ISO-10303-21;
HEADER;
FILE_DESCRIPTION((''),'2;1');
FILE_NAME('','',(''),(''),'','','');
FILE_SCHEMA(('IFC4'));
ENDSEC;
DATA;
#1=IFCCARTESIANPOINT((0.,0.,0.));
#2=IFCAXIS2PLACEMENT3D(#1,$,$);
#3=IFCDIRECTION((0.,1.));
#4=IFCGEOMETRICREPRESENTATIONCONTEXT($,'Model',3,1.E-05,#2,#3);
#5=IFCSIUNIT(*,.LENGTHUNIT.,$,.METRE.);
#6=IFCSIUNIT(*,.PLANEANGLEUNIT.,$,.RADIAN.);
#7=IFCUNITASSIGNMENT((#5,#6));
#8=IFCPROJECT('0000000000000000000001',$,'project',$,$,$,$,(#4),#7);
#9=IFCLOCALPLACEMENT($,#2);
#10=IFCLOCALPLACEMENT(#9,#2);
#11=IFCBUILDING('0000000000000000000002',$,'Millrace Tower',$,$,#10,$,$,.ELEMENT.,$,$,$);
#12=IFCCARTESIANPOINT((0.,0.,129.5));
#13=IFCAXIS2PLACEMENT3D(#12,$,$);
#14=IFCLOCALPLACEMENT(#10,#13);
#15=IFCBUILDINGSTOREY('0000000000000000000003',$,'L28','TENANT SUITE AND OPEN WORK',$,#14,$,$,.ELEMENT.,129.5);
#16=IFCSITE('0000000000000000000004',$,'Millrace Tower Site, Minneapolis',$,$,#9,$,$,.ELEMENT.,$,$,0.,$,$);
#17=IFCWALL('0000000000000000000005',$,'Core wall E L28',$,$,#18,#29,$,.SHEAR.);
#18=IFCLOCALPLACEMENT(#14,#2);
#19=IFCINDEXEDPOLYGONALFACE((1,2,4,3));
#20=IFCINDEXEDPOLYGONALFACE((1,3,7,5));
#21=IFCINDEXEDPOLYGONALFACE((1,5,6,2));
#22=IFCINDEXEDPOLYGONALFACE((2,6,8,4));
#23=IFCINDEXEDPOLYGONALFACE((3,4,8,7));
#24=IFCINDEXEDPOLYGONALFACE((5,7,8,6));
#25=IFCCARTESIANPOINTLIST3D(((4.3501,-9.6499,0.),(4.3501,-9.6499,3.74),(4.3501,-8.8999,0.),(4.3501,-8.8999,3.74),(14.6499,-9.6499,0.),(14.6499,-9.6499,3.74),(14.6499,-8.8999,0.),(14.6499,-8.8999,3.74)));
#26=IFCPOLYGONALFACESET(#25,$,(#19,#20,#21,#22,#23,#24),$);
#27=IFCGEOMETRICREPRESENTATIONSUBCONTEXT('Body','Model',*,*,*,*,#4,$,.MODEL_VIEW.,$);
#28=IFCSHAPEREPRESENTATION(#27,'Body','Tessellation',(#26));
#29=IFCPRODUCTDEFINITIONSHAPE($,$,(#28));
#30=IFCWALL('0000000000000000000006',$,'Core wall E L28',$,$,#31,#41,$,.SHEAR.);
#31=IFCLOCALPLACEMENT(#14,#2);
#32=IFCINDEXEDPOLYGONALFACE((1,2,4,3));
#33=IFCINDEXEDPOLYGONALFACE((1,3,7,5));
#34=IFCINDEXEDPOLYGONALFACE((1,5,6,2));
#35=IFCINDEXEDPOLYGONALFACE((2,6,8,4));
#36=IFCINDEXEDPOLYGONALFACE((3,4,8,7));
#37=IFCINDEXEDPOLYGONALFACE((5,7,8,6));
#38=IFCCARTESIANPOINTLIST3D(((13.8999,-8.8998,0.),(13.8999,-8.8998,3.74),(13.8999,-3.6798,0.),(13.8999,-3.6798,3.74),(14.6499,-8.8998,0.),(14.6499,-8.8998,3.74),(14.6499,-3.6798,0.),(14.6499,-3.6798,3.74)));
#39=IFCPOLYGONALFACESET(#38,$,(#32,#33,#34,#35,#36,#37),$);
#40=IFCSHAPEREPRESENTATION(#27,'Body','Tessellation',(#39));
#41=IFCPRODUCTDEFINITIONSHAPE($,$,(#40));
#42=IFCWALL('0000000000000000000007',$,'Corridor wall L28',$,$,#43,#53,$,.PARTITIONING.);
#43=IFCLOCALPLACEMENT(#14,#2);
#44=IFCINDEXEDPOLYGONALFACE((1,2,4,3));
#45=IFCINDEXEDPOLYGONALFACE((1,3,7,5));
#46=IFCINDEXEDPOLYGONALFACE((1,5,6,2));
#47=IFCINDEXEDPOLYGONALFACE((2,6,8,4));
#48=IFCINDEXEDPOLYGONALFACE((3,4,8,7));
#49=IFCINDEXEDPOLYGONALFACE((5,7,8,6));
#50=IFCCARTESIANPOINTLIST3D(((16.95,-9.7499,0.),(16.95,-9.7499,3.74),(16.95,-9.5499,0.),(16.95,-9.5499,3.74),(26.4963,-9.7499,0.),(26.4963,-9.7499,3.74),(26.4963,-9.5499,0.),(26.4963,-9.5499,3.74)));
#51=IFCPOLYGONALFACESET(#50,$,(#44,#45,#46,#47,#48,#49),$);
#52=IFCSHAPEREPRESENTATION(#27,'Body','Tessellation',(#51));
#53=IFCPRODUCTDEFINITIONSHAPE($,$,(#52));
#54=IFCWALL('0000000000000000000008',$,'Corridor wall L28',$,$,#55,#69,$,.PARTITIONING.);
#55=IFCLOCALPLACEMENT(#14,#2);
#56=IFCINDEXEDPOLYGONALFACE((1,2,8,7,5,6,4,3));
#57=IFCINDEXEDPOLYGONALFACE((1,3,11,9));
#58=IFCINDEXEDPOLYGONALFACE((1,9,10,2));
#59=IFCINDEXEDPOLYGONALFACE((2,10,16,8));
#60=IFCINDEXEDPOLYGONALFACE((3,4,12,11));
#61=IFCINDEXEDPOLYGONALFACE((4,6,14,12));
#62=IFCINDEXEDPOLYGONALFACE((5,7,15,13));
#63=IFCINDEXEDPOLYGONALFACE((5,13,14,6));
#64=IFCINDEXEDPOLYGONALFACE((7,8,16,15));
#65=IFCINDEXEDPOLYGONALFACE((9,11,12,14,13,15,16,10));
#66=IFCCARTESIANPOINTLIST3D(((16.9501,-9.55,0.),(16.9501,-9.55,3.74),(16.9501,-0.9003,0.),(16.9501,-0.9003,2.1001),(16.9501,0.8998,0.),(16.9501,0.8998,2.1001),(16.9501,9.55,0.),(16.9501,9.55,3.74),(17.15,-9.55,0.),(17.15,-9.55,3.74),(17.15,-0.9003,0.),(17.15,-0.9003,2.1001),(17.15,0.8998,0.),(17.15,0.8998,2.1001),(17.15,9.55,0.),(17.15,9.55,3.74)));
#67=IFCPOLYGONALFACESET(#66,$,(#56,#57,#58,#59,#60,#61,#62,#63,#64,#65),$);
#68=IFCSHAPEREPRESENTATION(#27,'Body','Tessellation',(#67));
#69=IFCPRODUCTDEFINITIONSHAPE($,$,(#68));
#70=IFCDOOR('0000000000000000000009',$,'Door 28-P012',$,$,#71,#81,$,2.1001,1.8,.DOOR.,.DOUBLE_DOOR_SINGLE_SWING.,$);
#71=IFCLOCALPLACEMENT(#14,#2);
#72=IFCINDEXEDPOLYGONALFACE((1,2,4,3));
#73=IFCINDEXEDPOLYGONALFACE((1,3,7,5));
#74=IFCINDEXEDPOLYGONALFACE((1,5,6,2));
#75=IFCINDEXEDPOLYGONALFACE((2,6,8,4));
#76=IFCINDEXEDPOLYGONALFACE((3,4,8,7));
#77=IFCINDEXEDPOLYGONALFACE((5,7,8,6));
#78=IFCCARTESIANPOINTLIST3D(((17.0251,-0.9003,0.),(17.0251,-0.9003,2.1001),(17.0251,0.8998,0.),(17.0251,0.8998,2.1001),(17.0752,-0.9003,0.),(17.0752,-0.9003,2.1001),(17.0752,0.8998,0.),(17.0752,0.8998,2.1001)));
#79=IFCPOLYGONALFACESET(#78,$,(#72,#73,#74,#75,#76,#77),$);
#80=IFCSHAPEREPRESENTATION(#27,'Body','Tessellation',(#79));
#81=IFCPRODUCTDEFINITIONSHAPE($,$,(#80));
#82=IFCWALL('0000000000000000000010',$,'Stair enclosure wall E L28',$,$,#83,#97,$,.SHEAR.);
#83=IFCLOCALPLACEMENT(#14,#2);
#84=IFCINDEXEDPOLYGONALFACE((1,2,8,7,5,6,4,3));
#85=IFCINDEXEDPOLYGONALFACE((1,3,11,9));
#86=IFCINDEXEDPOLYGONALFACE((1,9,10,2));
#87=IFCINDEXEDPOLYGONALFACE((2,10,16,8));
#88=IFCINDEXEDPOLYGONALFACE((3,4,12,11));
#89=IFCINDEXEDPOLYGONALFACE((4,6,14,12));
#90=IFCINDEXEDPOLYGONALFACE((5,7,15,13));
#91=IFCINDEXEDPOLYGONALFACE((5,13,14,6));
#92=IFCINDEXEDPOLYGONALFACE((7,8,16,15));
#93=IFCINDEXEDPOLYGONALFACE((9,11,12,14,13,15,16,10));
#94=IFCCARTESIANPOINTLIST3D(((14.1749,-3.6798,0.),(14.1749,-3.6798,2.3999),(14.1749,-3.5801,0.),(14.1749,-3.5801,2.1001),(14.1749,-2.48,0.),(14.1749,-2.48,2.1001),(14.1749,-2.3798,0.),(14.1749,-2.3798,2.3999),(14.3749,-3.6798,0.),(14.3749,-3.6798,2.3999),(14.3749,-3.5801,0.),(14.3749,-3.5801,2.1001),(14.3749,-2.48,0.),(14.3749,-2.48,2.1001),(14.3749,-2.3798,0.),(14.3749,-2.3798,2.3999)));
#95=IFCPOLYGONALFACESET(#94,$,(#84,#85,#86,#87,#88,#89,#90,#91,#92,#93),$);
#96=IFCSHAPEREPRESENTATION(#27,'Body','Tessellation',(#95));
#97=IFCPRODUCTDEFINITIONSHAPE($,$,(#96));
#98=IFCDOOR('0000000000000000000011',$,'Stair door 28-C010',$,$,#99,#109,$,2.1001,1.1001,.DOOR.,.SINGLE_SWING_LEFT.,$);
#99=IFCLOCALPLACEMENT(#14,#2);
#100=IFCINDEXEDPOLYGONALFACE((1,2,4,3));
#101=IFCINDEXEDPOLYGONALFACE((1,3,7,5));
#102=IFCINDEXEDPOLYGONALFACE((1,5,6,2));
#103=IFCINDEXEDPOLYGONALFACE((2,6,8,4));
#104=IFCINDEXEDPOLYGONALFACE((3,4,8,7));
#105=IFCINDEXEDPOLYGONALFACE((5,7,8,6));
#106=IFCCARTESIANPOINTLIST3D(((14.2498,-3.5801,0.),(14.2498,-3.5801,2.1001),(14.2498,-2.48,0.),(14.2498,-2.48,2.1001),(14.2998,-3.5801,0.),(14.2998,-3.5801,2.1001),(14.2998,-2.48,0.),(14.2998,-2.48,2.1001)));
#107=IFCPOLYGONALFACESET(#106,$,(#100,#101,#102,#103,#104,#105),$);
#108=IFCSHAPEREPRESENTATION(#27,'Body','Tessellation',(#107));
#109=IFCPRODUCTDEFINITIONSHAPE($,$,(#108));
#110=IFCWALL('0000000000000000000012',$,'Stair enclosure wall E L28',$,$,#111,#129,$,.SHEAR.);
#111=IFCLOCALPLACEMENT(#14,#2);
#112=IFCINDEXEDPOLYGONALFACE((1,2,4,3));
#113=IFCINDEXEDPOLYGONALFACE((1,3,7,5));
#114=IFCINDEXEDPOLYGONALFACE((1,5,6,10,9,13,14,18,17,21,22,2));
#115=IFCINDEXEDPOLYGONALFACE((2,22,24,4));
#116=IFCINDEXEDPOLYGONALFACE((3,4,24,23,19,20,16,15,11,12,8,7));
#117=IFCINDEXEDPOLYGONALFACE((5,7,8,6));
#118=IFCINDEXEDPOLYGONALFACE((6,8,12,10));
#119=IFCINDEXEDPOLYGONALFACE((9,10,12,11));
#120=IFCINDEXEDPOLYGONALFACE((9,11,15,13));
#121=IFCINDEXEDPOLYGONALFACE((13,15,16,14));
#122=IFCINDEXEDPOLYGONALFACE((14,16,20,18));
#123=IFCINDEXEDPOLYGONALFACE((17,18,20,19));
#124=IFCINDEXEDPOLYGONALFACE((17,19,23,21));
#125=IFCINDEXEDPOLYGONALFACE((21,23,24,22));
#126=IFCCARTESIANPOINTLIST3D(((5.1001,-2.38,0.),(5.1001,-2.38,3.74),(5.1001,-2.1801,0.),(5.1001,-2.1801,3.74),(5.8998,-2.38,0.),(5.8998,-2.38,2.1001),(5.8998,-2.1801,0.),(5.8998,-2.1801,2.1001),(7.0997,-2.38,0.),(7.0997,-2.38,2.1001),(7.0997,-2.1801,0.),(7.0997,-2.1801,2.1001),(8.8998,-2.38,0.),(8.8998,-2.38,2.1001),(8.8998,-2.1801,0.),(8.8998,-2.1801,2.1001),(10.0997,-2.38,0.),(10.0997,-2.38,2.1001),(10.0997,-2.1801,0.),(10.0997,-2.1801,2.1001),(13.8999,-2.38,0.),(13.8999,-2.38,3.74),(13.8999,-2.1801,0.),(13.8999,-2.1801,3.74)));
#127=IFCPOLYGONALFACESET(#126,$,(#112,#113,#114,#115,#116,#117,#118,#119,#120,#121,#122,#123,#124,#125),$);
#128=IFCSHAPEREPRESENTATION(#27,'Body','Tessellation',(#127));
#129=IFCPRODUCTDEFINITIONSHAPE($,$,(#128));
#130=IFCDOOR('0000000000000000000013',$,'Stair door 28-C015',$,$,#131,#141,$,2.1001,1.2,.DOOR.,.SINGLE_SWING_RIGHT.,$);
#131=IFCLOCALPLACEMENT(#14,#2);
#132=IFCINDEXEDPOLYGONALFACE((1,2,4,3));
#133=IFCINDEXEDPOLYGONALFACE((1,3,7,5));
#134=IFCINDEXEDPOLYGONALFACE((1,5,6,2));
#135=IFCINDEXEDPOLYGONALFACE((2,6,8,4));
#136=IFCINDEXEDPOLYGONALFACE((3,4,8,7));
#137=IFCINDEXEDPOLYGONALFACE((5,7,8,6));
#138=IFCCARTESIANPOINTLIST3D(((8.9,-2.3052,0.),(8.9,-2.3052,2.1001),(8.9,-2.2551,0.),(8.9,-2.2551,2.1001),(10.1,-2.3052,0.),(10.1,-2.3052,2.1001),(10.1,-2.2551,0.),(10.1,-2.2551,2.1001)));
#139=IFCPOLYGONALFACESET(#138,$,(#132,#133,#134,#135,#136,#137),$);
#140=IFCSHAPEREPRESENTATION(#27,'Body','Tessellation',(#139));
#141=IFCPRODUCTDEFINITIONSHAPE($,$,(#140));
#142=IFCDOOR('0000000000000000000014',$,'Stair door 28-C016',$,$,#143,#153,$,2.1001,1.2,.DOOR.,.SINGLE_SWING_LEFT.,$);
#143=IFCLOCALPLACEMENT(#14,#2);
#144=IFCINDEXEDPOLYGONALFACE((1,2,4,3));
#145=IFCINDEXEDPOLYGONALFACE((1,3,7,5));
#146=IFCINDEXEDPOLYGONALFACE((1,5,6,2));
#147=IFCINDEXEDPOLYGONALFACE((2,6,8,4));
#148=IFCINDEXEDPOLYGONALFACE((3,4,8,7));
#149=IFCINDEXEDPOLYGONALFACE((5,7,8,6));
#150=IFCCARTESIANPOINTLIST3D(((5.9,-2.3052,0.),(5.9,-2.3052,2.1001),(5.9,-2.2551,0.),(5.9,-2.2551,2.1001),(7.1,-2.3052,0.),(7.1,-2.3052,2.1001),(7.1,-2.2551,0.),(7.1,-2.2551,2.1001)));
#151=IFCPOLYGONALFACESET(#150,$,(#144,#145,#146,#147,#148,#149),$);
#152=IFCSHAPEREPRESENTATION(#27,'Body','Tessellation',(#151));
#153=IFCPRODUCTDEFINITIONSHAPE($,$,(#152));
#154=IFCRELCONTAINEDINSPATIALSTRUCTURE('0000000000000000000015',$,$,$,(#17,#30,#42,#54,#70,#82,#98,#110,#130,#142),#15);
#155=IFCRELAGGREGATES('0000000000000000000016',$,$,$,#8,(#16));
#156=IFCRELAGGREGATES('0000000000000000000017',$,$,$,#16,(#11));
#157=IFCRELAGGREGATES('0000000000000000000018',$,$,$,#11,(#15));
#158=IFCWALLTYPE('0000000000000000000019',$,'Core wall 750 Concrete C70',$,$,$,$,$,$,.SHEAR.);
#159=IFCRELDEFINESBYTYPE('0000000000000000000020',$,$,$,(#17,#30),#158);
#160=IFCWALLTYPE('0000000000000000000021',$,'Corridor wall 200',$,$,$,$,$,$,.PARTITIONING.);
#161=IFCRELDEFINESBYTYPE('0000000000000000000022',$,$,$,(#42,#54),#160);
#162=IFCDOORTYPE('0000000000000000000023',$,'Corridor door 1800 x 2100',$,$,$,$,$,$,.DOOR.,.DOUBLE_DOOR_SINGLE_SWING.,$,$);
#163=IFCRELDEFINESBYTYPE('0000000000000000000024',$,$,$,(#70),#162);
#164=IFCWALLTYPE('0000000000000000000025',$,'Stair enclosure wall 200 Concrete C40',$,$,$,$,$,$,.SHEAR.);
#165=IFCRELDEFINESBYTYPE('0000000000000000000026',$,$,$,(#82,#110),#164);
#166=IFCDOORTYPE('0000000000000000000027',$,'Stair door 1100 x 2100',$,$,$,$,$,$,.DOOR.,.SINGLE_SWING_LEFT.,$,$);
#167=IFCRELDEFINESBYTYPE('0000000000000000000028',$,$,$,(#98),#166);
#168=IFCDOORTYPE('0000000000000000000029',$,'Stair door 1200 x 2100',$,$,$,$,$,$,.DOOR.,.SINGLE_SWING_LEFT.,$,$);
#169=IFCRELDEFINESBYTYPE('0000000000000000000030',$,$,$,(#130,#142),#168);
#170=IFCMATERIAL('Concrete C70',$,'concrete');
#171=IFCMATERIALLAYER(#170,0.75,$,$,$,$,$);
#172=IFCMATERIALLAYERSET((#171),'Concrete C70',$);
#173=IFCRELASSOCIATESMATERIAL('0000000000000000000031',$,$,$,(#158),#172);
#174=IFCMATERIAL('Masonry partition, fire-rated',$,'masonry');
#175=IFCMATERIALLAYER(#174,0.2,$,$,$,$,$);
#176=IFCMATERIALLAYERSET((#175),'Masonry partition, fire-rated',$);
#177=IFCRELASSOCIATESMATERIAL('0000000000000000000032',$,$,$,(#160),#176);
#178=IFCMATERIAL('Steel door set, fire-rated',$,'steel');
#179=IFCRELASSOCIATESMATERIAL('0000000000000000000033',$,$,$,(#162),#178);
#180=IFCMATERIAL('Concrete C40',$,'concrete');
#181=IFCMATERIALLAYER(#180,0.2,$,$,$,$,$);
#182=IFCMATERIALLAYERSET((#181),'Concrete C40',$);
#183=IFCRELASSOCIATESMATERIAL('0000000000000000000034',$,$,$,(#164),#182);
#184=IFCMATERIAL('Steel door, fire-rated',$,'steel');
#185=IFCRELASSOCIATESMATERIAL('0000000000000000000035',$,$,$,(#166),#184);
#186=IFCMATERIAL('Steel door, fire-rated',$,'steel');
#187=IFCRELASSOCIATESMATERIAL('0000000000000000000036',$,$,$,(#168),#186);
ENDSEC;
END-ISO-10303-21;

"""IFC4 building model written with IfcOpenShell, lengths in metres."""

from ifc_helpers import new_model, si_unit, direction, frame, frame_2d, origin, place, context, subcontext, project, spatial, rectangle, extrude, material, layer, layer_set, type_object, element, fill, save


model = new_model("IFC4")

# Units and contexts
model_context = context("Model", 3, precision=1e-05, world=origin(), true_north=direction((0.0, 1.0)))
body_context = subcontext(model_context, "Body", "Model", "MODEL_VIEW")
ifc_project = project(units=[si_unit("LENGTHUNIT", "METRE"), si_unit("PLANEANGLEUNIT", "RADIAN")], contexts=[model_context])

# Site, building, storey
site_placement = place(None, origin())
site = spatial("IfcSite", under=ifc_project, at=site_placement, Name="Millrace Tower Site, Minneapolis", CompositionType="ELEMENT", RefElevation=0.0)
building_placement = place(site_placement, origin())
building = spatial("IfcBuilding", under=site, at=building_placement, Name="Millrace Tower", CompositionType="ELEMENT")
storey_placement = place(building_placement, frame((0.0, 0.0, 129.5)))
storey = spatial("IfcBuildingStorey", under=building, at=storey_placement, Name="L28", Description="TENANT SUITE AND OPEN WORK", CompositionType="ELEMENT", Elevation=129.5)

# Walls
ifc_material_1 = material(Name="Concrete C70", Category="concrete")
ifc_layer_1 = layer(ifc_material_1, 0.75)
ifc_layer_set_1 = layer_set([ifc_layer_1], Name="Concrete C70")
wall_type_1 = type_object("IfcWallType", Name="Core wall 750 Concrete C70", PredefinedType="SHEAR", material=ifc_layer_set_1)
wall_1_placement = place(storey_placement, frame((14.6499, -9.2749, 0.0), z_axis=(0.0, 0.0, 1.0), x_axis=(-1.0, 0.0, 0.0)))
element("IfcWall", 1, at=wall_1_placement, inside=storey, type_object=wall_type_1, Name="Core wall E L28", PredefinedType="SHEAR", context=body_context, shape_type="SweptSolid", body=[
    extrude(rectangle(XDim=10.2998, YDim=0.75, at=frame_2d((5.1499, 0.0))), origin(), (0.0, 0.0, 1.0), 3.74),
])
wall_2_placement = place(storey_placement, frame((14.2749, -3.6799, 0.0), z_axis=(0.0, 0.0, 1.0), x_axis=(0.0, -1.0, 0.0)))
element("IfcWall", 2, at=wall_2_placement, inside=storey, type_object=wall_type_1, Name="Core wall E L28", PredefinedType="SHEAR", context=body_context, shape_type="SweptSolid", body=[
    extrude(rectangle(XDim=5.22, YDim=0.75, at=frame_2d((2.6099, 0.0))), origin(), (0.0, 0.0, 1.0), 3.74),
])
ifc_material_2 = material(Name="Masonry partition, fire-rated", Category="masonry")
ifc_layer_2 = layer(ifc_material_2, 0.2)
ifc_layer_set_2 = layer_set([ifc_layer_2], Name="Masonry partition, fire-rated")
wall_type_2 = type_object("IfcWallType", Name="Corridor wall 200", PredefinedType="PARTITIONING", material=ifc_layer_set_2)
wall_3_placement = place(storey_placement, frame((16.95, -9.6499, 0.0), z_axis=(0.0, 0.0, 1.0), x_axis=(1.0, 0.0, 0.0)))
element("IfcWall", 3, at=wall_3_placement, inside=storey, type_object=wall_type_2, Name="Corridor wall L28", PredefinedType="PARTITIONING", context=body_context, shape_type="SweptSolid", body=[
    extrude(rectangle(XDim=9.5464, YDim=0.2, at=frame_2d((4.7732, 0.0))), origin(), (0.0, 0.0, 1.0), 3.74),
])

# Walls, openings, doors
wall_4_placement = place(storey_placement, frame((17.05, -9.55, 0.0), z_axis=(0.0, 0.0, 1.0), x_axis=(0.0, 1.0, 0.0)))
wall_4 = element("IfcWall", 4, at=wall_4_placement, inside=storey, type_object=wall_type_2, Name="Corridor wall L28", PredefinedType="PARTITIONING", context=body_context, shape_type="SweptSolid", body=[
    extrude(rectangle(XDim=19.1001, YDim=0.2, at=frame_2d((9.55, 0.0))), origin(), (0.0, 0.0, 1.0), 3.74),
])
opening_1_placement = place(wall_4_placement, frame((8.6499, 0.0, 0.0)))
opening_1 = element("IfcOpeningElement", 5, at=opening_1_placement, cuts=wall_4, PredefinedType="OPENING", context=body_context, shape_type="SweptSolid", body=[
    extrude(rectangle(XDim=1.8, YDim=2.1001, at=frame_2d((0.8999, 1.05))), frame((0.0, 0.1099, 0.0), z_axis=(0.0, -1.0, 0.0), x_axis=(1.0, 0.0, 0.0)), (0.0, 0.0, 1.0), 0.22),
])
ifc_material_3 = material(Name="Steel door set, fire-rated", Category="steel")
door_type_1 = type_object("IfcDoorType", Name="Corridor door 1800 x 2100", OperationType="DOUBLE_DOOR_SINGLE_SWING", PredefinedType="DOOR", material=ifc_material_3)
door_1_placement = place(opening_1_placement, origin())
door_1 = element("IfcDoor", 6, at=door_1_placement, inside=storey, type_object=door_type_1, Name="Door 28-P012", OperationType="DOUBLE_DOOR_SINGLE_SWING", OverallHeight=2.1001, OverallWidth=1.8, PredefinedType="DOOR", context=body_context, shape_type="SweptSolid", body=[
    extrude(rectangle(XDim=1.8, YDim=2.1001, at=frame_2d((0.8999, 1.05))), frame((0.0, 0.0249, 0.0), z_axis=(0.0, -1.0, 0.0), x_axis=(1.0, 0.0, 0.0)), (0.0, 0.0, 1.0), 0.05),
])
fill(opening_1, door_1)
ifc_material_4 = material(Name="Concrete C40", Category="concrete")
ifc_layer_3 = layer(ifc_material_4, 0.2)
ifc_layer_set_3 = layer_set([ifc_layer_3], Name="Concrete C40")
wall_type_3 = type_object("IfcWallType", Name="Stair enclosure wall 200 Concrete C40", PredefinedType="SHEAR", material=ifc_layer_set_3)
wall_5_placement = place(storey_placement, frame((14.2749, -2.3799, 0.0), z_axis=(0.0, 0.0, 1.0), x_axis=(0.0, -1.0, 0.0)))
wall_5 = element("IfcWall", 7, at=wall_5_placement, inside=storey, type_object=wall_type_3, Name="Stair enclosure wall E L28", PredefinedType="SHEAR", context=body_context, shape_type="SweptSolid", body=[
    extrude(rectangle(XDim=1.3, YDim=0.2, at=frame_2d((0.6499, 0.0))), origin(), (0.0, 0.0, 1.0), 2.3999),
])
opening_2_placement = place(wall_5_placement, frame((0.1001, 0.0, 0.0)))
opening_2 = element("IfcOpeningElement", 8, at=opening_2_placement, cuts=wall_5, PredefinedType="OPENING", context=body_context, shape_type="SweptSolid", body=[
    extrude(rectangle(XDim=1.1001, YDim=2.1001, at=frame_2d((0.55, 1.05))), frame((0.0, 0.1099, 0.0), z_axis=(0.0, -1.0, 0.0), x_axis=(1.0, 0.0, 0.0)), (0.0, 0.0, 1.0), 0.22),
])
ifc_material_5 = material(Name="Steel door, fire-rated", Category="steel")
door_type_2 = type_object("IfcDoorType", Name="Stair door 1100 x 2100", OperationType="SINGLE_SWING_LEFT", PredefinedType="DOOR", material=ifc_material_5)
door_2_placement = place(opening_2_placement, origin())
door_2 = element("IfcDoor", 9, at=door_2_placement, inside=storey, type_object=door_type_2, Name="Stair door 28-C010", OperationType="SINGLE_SWING_LEFT", OverallHeight=2.1001, OverallWidth=1.1001, PredefinedType="DOOR", context=body_context, shape_type="SweptSolid", body=[
    extrude(rectangle(XDim=1.1001, YDim=2.1001, at=frame_2d((0.55, 1.05))), frame((0.0, 0.0249, 0.0), z_axis=(0.0, -1.0, 0.0), x_axis=(1.0, 0.0, 0.0)), (0.0, 0.0, 1.0), 0.05),
])
fill(opening_2, door_2)

# Wall, openings, doors
wall_6_placement = place(storey_placement, frame((13.8999, -2.28, 0.0), z_axis=(0.0, 0.0, 1.0), x_axis=(-1.0, 0.0, 0.0)))
wall_6 = element("IfcWall", 10, at=wall_6_placement, inside=storey, type_object=wall_type_3, Name="Stair enclosure wall E L28", PredefinedType="SHEAR", context=body_context, shape_type="SweptSolid", body=[
    extrude(rectangle(XDim=8.7998, YDim=0.2, at=frame_2d((4.3999, 0.0))), origin(), (0.0, 0.0, 1.0), 3.74),
])
opening_3_placement = place(wall_6_placement, frame((3.8, 0.0, 0.0)))
opening_3 = element("IfcOpeningElement", 11, at=opening_3_placement, cuts=wall_6, PredefinedType="OPENING", context=body_context, shape_type="SweptSolid", body=[
    extrude(rectangle(XDim=1.2, YDim=2.1001, at=frame_2d((0.6001, 1.05))), frame((0.0, 0.1099, 0.0), z_axis=(0.0, -1.0, 0.0), x_axis=(1.0, 0.0, 0.0)), (0.0, 0.0, 1.0), 0.22),
])
opening_4_placement = place(wall_6_placement, frame((6.8, 0.0, 0.0)))
opening_4 = element("IfcOpeningElement", 12, at=opening_4_placement, cuts=wall_6, PredefinedType="OPENING", context=body_context, shape_type="SweptSolid", body=[
    extrude(rectangle(XDim=1.2, YDim=2.1001, at=frame_2d((0.6001, 1.05))), frame((0.0, 0.1099, 0.0), z_axis=(0.0, -1.0, 0.0), x_axis=(1.0, 0.0, 0.0)), (0.0, 0.0, 1.0), 0.22),
])
ifc_material_6 = material(Name="Steel door, fire-rated", Category="steel")
door_type_3 = type_object("IfcDoorType", Name="Stair door 1200 x 2100", OperationType="SINGLE_SWING_LEFT", PredefinedType="DOOR", material=ifc_material_6)
door_3_placement = place(opening_3_placement, frame((1.2, 0.0, 0.0), z_axis=(0.0, 0.0, 1.0), x_axis=(-1.0, 0.0, 0.0)))
door_3 = element("IfcDoor", 13, at=door_3_placement, inside=storey, type_object=door_type_3, Name="Stair door 28-C015", OperationType="SINGLE_SWING_RIGHT", OverallHeight=2.1001, OverallWidth=1.2, PredefinedType="DOOR", context=body_context, shape_type="SweptSolid", body=[
    extrude(rectangle(XDim=1.2, YDim=2.1001, at=frame_2d((0.6001, 1.05))), frame((0.0, 0.0249, 0.0), z_axis=(0.0, -1.0, 0.0), x_axis=(1.0, 0.0, 0.0)), (0.0, 0.0, 1.0), 0.05),
])
fill(opening_3, door_3)
door_4_placement = place(opening_4_placement, frame((1.2, 0.0, 0.0), z_axis=(0.0, 0.0, 1.0), x_axis=(-1.0, 0.0, 0.0)))
door_4 = element("IfcDoor", 14, at=door_4_placement, inside=storey, type_object=door_type_3, Name="Stair door 28-C016", OperationType="SINGLE_SWING_LEFT", OverallHeight=2.1001, OverallWidth=1.2, PredefinedType="DOOR", context=body_context, shape_type="SweptSolid", body=[
    extrude(rectangle(XDim=1.2, YDim=2.1001, at=frame_2d((0.6001, 1.05))), frame((0.0, 0.0249, 0.0), z_axis=(0.0, -1.0, 0.0), x_axis=(1.0, 0.0, 0.0)), (0.0, 0.0, 1.0), 0.05),
])
fill(opening_4, door_4)

save(model, "model.ifc")
